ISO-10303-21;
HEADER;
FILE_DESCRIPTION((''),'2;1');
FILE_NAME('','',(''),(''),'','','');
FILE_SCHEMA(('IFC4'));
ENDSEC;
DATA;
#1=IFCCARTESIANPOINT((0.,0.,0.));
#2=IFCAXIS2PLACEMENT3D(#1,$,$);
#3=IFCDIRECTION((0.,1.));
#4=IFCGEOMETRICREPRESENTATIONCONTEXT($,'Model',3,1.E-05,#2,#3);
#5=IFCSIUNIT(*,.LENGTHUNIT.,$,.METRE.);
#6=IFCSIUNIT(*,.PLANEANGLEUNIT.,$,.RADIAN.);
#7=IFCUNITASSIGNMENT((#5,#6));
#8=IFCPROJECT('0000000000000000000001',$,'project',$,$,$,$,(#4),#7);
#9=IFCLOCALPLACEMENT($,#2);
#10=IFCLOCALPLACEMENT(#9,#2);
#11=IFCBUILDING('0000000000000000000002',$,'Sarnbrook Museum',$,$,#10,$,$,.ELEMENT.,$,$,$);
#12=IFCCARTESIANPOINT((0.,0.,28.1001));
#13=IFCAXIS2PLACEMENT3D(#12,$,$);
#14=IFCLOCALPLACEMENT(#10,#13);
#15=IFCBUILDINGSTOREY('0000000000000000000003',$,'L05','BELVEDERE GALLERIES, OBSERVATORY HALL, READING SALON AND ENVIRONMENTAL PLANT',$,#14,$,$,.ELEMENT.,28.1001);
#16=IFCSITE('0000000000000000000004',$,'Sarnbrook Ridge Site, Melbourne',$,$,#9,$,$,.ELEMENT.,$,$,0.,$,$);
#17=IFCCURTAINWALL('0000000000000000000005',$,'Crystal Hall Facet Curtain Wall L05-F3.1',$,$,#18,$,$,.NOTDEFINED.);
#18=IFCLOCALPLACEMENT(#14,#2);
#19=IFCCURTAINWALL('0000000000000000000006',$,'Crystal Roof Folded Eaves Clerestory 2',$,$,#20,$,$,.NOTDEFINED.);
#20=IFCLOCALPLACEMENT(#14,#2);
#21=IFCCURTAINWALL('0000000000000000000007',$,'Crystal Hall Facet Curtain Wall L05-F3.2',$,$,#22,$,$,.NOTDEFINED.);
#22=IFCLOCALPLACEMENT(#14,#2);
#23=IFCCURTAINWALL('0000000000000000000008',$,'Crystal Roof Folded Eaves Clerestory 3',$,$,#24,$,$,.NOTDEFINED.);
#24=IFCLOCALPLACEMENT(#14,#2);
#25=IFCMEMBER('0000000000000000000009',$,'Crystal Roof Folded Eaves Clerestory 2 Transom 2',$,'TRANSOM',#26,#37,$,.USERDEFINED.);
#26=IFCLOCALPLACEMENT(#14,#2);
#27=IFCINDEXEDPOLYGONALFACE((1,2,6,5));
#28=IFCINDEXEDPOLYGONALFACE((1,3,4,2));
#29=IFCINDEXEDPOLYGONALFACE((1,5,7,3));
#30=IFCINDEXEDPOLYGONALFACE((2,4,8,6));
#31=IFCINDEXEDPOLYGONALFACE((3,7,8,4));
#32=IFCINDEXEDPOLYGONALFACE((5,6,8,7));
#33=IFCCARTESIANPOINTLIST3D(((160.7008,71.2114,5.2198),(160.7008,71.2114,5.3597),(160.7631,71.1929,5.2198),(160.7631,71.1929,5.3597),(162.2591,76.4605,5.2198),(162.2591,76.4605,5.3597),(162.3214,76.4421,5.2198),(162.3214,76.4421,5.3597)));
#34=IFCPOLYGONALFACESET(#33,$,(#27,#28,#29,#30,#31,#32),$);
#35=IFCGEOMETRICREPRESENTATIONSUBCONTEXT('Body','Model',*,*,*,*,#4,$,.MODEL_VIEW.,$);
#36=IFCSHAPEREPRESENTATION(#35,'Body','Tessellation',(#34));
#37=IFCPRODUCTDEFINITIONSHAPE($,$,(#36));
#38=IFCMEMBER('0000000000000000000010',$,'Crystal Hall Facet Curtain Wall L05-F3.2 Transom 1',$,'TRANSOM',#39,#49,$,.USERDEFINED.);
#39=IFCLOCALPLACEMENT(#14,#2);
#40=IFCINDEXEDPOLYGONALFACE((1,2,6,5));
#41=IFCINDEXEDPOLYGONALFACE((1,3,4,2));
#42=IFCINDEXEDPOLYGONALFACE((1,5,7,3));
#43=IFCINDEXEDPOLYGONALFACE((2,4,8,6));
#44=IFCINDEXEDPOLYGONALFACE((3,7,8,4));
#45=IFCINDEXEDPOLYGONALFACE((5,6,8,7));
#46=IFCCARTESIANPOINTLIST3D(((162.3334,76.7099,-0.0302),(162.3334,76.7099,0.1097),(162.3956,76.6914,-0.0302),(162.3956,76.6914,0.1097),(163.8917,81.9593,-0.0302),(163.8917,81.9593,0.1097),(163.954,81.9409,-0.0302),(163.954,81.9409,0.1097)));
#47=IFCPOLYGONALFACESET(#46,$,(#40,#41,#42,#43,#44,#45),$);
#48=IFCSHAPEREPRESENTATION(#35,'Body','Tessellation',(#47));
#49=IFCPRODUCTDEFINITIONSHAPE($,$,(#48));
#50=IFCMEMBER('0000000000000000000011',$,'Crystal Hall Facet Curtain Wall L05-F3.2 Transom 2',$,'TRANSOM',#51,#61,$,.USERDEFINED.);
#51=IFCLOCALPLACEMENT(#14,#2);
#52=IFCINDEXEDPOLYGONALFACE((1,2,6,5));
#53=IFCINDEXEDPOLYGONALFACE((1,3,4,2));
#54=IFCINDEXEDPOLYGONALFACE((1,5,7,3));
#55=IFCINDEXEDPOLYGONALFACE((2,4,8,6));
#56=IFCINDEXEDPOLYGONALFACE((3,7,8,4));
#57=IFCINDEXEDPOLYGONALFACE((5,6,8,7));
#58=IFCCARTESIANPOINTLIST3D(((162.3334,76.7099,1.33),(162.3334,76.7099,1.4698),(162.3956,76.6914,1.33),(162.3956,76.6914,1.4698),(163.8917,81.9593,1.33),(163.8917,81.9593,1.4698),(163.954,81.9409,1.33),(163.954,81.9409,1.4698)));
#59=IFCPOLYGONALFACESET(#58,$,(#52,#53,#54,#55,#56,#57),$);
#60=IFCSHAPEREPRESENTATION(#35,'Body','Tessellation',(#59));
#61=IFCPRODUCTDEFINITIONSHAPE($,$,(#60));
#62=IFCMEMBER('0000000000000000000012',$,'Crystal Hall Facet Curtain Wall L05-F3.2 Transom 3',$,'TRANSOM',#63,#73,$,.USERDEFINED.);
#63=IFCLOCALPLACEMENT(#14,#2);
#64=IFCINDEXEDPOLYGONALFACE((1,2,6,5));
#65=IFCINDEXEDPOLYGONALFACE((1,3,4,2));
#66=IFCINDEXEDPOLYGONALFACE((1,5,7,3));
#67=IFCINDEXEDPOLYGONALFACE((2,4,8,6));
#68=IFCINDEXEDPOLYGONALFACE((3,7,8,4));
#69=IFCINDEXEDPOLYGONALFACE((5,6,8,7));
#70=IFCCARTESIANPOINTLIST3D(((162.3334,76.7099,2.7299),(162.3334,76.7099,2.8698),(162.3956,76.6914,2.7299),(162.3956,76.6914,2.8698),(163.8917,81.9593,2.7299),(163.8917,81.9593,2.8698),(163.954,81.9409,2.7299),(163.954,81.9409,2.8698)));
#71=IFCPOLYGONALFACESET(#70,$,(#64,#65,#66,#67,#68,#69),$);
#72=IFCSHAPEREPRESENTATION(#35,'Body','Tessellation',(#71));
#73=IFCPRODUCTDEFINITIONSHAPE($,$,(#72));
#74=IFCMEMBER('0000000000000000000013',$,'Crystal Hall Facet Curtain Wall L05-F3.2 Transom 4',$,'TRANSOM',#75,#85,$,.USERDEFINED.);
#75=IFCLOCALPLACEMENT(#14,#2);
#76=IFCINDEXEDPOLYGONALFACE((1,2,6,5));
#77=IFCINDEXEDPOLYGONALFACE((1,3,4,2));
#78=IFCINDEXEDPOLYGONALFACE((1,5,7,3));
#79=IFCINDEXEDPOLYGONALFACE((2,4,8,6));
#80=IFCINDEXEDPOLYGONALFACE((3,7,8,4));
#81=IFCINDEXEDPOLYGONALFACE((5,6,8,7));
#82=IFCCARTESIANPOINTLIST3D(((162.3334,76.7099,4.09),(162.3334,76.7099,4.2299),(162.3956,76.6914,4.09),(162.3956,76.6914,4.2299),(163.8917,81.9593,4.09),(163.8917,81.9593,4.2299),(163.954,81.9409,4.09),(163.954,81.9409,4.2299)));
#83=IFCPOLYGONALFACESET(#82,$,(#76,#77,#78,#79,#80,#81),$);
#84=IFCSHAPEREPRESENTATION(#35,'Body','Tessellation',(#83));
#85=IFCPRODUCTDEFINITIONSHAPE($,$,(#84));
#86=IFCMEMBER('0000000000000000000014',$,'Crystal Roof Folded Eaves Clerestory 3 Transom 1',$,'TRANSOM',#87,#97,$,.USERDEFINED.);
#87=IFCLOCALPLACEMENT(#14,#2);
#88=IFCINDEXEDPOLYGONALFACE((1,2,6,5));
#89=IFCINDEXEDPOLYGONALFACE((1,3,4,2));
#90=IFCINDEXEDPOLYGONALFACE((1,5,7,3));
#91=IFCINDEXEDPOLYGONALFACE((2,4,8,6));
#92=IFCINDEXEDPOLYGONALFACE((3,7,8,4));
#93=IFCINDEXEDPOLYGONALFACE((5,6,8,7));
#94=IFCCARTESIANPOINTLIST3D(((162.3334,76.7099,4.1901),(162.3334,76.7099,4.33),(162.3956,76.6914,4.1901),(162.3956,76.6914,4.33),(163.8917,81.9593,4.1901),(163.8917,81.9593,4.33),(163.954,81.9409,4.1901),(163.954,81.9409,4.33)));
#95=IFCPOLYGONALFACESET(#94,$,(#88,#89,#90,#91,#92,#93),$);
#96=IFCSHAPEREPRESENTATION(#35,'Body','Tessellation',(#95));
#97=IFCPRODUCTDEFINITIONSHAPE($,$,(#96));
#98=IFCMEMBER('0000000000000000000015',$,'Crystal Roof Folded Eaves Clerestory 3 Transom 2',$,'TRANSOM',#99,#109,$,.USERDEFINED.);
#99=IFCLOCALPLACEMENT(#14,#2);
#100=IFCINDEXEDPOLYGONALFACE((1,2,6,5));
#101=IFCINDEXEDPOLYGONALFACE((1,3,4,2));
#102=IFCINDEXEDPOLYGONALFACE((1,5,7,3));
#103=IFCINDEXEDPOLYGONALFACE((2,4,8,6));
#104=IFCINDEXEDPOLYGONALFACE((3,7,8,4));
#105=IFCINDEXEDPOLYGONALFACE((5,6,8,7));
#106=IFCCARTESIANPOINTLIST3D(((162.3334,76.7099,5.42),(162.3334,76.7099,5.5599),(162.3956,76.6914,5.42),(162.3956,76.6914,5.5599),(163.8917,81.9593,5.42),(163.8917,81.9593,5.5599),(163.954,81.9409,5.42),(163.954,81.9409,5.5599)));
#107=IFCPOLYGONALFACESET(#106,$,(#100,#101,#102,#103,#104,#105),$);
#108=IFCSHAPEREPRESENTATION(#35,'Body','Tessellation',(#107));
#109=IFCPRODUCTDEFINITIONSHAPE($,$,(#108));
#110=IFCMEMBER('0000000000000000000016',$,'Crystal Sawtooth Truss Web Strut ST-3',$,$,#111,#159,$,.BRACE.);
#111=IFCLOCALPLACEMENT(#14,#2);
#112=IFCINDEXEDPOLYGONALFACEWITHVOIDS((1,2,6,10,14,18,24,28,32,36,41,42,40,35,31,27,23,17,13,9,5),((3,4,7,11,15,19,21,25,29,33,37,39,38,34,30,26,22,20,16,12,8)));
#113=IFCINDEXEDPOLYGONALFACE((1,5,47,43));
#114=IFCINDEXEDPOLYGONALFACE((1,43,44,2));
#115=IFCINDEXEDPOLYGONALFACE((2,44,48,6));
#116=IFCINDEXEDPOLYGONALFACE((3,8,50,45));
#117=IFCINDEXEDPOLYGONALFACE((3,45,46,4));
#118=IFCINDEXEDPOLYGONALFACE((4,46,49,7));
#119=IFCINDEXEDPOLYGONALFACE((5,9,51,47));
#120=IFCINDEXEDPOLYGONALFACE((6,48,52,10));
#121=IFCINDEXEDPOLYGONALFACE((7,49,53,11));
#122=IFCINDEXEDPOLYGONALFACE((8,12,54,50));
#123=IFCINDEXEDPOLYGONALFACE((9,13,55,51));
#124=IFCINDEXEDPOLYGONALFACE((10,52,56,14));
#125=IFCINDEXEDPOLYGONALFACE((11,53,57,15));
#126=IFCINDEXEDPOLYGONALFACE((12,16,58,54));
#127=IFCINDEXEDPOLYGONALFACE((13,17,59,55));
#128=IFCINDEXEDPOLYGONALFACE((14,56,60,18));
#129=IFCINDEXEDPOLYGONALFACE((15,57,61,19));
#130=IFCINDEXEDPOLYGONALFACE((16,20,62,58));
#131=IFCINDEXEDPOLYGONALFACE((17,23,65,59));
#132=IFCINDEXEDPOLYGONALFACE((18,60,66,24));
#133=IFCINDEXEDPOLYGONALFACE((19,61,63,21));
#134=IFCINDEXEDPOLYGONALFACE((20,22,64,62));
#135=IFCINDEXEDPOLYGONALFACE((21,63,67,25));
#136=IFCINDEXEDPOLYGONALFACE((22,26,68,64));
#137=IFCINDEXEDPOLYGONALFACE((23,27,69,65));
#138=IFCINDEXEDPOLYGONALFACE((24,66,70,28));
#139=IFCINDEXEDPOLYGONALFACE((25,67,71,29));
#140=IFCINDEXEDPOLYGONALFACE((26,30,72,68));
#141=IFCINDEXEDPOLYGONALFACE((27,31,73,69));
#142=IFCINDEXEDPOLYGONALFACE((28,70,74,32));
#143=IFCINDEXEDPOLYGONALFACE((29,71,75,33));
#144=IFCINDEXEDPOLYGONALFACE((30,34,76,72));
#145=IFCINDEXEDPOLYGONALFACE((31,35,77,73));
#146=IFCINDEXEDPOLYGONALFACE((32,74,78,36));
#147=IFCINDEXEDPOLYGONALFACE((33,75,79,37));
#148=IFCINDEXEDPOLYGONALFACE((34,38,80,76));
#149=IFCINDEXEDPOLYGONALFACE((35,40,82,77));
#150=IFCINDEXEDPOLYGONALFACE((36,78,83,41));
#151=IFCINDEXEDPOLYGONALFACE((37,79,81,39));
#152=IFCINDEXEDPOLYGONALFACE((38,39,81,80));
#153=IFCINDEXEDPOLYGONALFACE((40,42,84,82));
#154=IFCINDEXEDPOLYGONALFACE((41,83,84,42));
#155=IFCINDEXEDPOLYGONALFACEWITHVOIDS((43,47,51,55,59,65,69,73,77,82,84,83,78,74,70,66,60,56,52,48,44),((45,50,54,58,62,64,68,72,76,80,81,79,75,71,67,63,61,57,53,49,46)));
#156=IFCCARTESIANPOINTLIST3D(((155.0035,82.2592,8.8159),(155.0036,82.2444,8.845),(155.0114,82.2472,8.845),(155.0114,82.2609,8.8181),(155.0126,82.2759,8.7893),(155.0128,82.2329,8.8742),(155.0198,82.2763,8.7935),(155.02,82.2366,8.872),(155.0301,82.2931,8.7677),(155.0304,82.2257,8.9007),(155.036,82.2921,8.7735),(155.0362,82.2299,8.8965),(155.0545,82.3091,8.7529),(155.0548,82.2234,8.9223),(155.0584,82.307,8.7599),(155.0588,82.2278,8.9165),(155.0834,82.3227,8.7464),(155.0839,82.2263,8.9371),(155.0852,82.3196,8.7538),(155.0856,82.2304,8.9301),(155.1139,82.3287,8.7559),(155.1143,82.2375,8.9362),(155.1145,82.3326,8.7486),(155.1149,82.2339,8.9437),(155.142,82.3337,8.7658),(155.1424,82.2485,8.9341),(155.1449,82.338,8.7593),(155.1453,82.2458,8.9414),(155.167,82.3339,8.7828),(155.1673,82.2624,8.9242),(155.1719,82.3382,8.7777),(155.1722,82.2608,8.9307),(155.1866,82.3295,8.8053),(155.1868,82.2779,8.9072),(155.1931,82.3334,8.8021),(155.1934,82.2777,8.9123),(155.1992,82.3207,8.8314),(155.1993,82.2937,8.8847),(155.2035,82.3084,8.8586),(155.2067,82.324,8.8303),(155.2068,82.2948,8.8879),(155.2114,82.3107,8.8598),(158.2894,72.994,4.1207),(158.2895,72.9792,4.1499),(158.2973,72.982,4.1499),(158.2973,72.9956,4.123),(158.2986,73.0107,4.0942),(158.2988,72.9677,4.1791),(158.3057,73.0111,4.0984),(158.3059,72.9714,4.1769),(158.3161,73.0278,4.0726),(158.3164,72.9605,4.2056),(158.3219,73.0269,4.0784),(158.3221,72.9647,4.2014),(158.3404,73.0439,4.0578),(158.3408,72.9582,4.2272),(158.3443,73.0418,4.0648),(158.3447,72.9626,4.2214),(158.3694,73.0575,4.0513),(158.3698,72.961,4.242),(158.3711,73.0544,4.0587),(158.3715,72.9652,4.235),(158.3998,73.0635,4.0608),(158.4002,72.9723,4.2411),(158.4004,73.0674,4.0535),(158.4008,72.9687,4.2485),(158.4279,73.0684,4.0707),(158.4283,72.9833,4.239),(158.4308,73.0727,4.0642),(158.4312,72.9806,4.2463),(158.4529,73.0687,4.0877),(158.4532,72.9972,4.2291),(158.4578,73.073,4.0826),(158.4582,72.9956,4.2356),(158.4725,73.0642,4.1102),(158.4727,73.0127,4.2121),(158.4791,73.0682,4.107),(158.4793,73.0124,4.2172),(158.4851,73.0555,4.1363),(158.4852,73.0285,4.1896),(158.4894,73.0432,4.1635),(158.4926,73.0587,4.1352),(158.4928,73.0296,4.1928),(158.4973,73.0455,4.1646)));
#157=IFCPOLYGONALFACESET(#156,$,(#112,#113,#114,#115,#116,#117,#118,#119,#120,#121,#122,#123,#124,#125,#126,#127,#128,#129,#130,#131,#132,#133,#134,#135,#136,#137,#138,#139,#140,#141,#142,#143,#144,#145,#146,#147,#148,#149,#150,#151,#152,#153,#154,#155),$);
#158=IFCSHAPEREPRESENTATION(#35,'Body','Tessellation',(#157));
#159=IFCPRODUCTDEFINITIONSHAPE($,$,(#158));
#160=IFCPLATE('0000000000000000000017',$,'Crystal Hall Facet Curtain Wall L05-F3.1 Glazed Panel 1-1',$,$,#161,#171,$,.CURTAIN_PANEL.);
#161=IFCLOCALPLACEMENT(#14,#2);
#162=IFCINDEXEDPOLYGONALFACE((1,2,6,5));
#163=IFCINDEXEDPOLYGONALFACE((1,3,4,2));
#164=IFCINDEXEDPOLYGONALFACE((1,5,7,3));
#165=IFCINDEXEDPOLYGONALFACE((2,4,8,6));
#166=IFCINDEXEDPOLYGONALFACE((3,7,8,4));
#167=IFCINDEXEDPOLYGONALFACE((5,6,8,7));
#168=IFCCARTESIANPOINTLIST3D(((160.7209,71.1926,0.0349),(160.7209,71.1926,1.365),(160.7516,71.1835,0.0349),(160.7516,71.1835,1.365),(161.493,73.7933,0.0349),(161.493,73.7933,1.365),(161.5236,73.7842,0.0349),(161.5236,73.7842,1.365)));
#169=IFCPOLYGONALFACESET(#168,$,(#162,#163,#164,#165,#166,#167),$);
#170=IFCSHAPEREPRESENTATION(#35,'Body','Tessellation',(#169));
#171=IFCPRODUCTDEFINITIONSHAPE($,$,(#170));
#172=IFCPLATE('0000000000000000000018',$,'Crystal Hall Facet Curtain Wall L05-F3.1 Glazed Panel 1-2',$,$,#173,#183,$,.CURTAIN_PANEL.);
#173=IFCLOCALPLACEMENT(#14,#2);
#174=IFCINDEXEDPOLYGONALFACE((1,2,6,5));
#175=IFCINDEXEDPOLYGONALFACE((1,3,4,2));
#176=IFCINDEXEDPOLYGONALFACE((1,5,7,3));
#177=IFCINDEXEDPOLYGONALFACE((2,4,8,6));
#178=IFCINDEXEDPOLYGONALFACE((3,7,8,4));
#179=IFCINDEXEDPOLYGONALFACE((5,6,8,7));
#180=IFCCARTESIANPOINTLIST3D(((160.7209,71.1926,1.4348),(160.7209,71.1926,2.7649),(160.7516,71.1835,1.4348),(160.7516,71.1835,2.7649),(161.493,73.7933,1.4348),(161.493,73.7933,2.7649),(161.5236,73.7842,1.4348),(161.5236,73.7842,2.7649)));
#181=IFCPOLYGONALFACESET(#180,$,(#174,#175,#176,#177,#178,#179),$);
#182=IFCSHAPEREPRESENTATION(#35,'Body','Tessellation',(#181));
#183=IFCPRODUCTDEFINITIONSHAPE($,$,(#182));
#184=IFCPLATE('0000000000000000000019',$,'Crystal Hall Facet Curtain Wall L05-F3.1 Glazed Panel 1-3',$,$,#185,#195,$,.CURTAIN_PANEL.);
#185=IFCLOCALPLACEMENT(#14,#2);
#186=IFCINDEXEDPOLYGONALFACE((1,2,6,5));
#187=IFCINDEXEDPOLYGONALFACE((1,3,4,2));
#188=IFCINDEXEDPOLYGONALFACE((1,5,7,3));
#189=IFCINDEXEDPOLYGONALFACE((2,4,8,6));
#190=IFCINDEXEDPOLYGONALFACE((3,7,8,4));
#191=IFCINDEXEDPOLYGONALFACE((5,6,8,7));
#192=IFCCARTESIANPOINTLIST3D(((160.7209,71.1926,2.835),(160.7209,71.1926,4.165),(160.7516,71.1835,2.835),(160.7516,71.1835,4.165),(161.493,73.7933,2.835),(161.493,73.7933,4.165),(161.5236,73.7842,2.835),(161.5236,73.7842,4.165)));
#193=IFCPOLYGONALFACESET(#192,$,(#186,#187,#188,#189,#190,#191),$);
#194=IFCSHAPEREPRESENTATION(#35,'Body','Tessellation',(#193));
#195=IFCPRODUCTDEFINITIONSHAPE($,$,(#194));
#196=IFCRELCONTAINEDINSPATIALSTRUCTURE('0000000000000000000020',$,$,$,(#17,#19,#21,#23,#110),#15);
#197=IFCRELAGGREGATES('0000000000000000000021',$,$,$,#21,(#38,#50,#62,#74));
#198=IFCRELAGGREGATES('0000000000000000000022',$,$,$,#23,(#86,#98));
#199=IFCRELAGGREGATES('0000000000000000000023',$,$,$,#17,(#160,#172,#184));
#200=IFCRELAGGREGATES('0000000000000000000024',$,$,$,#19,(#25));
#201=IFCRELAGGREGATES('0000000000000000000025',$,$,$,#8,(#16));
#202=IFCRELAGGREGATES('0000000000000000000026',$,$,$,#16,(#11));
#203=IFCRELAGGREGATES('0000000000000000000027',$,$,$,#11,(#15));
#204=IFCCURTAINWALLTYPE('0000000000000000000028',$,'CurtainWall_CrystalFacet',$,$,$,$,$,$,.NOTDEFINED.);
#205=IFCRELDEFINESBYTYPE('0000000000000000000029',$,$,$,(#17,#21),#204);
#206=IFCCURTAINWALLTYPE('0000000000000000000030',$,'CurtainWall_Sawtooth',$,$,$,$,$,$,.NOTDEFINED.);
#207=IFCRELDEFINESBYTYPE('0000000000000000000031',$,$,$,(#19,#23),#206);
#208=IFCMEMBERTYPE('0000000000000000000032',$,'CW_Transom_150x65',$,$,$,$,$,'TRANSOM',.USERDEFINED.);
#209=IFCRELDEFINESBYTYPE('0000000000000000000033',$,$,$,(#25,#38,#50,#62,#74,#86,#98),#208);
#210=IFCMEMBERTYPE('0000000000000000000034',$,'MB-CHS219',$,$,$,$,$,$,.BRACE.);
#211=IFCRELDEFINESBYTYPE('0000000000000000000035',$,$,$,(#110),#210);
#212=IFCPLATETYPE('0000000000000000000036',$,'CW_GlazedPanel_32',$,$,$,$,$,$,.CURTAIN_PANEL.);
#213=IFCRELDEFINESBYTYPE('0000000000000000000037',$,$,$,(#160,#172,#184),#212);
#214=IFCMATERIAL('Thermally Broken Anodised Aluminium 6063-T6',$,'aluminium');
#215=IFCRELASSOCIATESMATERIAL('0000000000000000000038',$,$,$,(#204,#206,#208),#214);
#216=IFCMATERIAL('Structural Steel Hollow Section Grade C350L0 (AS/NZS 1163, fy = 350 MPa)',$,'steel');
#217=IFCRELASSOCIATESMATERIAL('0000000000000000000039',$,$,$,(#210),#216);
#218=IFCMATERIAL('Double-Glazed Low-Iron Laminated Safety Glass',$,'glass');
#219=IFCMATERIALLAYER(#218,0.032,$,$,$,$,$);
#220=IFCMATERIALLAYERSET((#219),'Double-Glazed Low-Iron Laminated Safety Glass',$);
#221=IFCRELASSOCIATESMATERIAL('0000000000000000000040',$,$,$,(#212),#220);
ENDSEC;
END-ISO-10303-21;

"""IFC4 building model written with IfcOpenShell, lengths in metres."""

from ifc_helpers import new_model, si_unit, direction, frame, origin, origin_2d, place, context, subcontext, project, spatial, rectangle, hollow_circle, extrude, material, layer, layer_set, material_profile, profile_set, type_object, element, aggregate, save


model = new_model("IFC4")

# Units and contexts
model_context = context("Model", 3, precision=1e-05, world=origin(), true_north=direction((0.0, 1.0)))
body_context = subcontext(model_context, "Body", "Model", "MODEL_VIEW")
ifc_project = project(units=[si_unit("LENGTHUNIT", "METRE"), si_unit("PLANEANGLEUNIT", "RADIAN")], contexts=[model_context])

# Site, building, storey
site_placement = place(None, origin())
site = spatial("IfcSite", under=ifc_project, at=site_placement, Name="Sarnbrook Ridge Site, Melbourne", CompositionType="ELEMENT", RefElevation=0.0)
building_placement = place(site_placement, origin())
building = spatial("IfcBuilding", under=site, at=building_placement, Name="Sarnbrook Museum", CompositionType="ELEMENT")
storey_placement = place(building_placement, frame((0.0, 0.0, 28.1001)))
storey = spatial("IfcBuildingStorey", under=building, at=storey_placement, Name="L05", Description="BELVEDERE GALLERIES, OBSERVATORY HALL, READING SALON AND ENVIRONMENTAL PLANT", CompositionType="ELEMENT", Elevation=28.1001)

# Curtain walls
ifc_material_1 = material(Name="Thermally Broken Anodised Aluminium 6063-T6", Category="aluminium")
curtain_wall_type_1 = type_object("IfcCurtainWallType", Name="CurtainWall_CrystalFacet", PredefinedType="NOTDEFINED", material=ifc_material_1)
curtain_wall_1_placement = place(storey_placement, origin())
curtain_wall_1 = element("IfcCurtainWall", 1, at=curtain_wall_1_placement, inside=storey, type_object=curtain_wall_type_1, Name="Crystal Hall Facet Curtain Wall L05-F3.1", PredefinedType="NOTDEFINED")
curtain_wall_type_2 = type_object("IfcCurtainWallType", Name="CurtainWall_Sawtooth", PredefinedType="NOTDEFINED", material=ifc_material_1)
curtain_wall_2_placement = place(storey_placement, origin())
curtain_wall_2 = element("IfcCurtainWall", 2, at=curtain_wall_2_placement, inside=storey, type_object=curtain_wall_type_2, Name="Crystal Roof Folded Eaves Clerestory 2", PredefinedType="NOTDEFINED")

# Curtain walls
curtain_wall_3_placement = place(storey_placement, origin())
curtain_wall_3 = element("IfcCurtainWall", 3, at=curtain_wall_3_placement, inside=storey, type_object=curtain_wall_type_1, Name="Crystal Hall Facet Curtain Wall L05-F3.2", PredefinedType="NOTDEFINED")
curtain_wall_4_placement = place(storey_placement, origin())
curtain_wall_4 = element("IfcCurtainWall", 4, at=curtain_wall_4_placement, inside=storey, type_object=curtain_wall_type_2, Name="Crystal Roof Folded Eaves Clerestory 3", PredefinedType="NOTDEFINED")

# Members
ifc_material_profile_1 = material_profile(ifc_material_1, rectangle(XDim=0.0649, YDim=0.1399, at=origin_2d()), Name="ALU TRANSOM 65x140")
ifc_profile_set_1 = profile_set([ifc_material_profile_1], Name="Thermally Broken Anodised Aluminium 6063-T6")
member_type_1 = type_object("IfcMemberType", Name="CW_Transom_150x65", ElementType="TRANSOM", PredefinedType="USERDEFINED", material=ifc_profile_set_1)
member_1_placement = place(storey_placement, frame((160.7319, 71.2021, 5.2898), z_axis=(0.284594, 0.958648, 0.0), x_axis=(-0.958648, 0.284594, 0.0)))
member_1 = element("IfcMember", 5, at=member_1_placement, type_object=member_type_1, Name="Crystal Roof Folded Eaves Clerestory 2 Transom 2", ObjectType="TRANSOM", PredefinedType="USERDEFINED", context=body_context, shape_type="SweptSolid", body=[
    extrude(rectangle(XDim=0.0649, YDim=0.1399, at=origin_2d()), origin(), (0.0, 0.0, 1.0), 5.4756),
])
member_2_placement = place(storey_placement, frame((162.3645, 76.7007, 0.0398), z_axis=(0.284582, 0.958652, 0.0), x_axis=(-0.958652, 0.284582, 0.0)))
member_2 = element("IfcMember", 6, at=member_2_placement, type_object=member_type_1, Name="Crystal Hall Facet Curtain Wall L05-F3.2 Transom 1", ObjectType="TRANSOM", PredefinedType="USERDEFINED", context=body_context, shape_type="SweptSolid", body=[
    extrude(rectangle(XDim=0.0649, YDim=0.1399, at=origin_2d()), origin(), (0.0, 0.0, 1.0), 5.4758),
])
member_3_placement = place(storey_placement, frame((162.3645, 76.7007, 1.3999), z_axis=(0.284582, 0.958652, 0.0), x_axis=(-0.958652, 0.284582, 0.0)))
member_3 = element("IfcMember", 7, at=member_3_placement, type_object=member_type_1, Name="Crystal Hall Facet Curtain Wall L05-F3.2 Transom 2", ObjectType="TRANSOM", PredefinedType="USERDEFINED", context=body_context, shape_type="SweptSolid", body=[
    extrude(rectangle(XDim=0.0649, YDim=0.1399, at=origin_2d()), origin(), (0.0, 0.0, 1.0), 5.4758),
])
member_4_placement = place(storey_placement, frame((162.3645, 76.7007, 2.7998), z_axis=(0.284582, 0.958652, 0.0), x_axis=(-0.958652, 0.284582, 0.0)))
member_4 = element("IfcMember", 8, at=member_4_placement, type_object=member_type_1, Name="Crystal Hall Facet Curtain Wall L05-F3.2 Transom 3", ObjectType="TRANSOM", PredefinedType="USERDEFINED", context=body_context, shape_type="SweptSolid", body=[
    extrude(rectangle(XDim=0.0649, YDim=0.1399, at=origin_2d()), origin(), (0.0, 0.0, 1.0), 5.4758),
])
member_5_placement = place(storey_placement, frame((162.3645, 76.7007, 4.1599), z_axis=(0.284582, 0.958652, 0.0), x_axis=(-0.958652, 0.284582, 0.0)))
member_5 = element("IfcMember", 9, at=member_5_placement, type_object=member_type_1, Name="Crystal Hall Facet Curtain Wall L05-F3.2 Transom 4", ObjectType="TRANSOM", PredefinedType="USERDEFINED", context=body_context, shape_type="SweptSolid", body=[
    extrude(rectangle(XDim=0.0649, YDim=0.1399, at=origin_2d()), origin(), (0.0, 0.0, 1.0), 5.4758),
])
aggregate(curtain_wall_3, [member_2, member_3, member_4, member_5])
member_6_placement = place(storey_placement, frame((162.3645, 76.7007, 4.26), z_axis=(0.284582, 0.958652, 0.0), x_axis=(-0.958652, 0.284582, 0.0)))
member_6 = element("IfcMember", 10, at=member_6_placement, type_object=member_type_1, Name="Crystal Roof Folded Eaves Clerestory 3 Transom 1", ObjectType="TRANSOM", PredefinedType="USERDEFINED", context=body_context, shape_type="SweptSolid", body=[
    extrude(rectangle(XDim=0.0649, YDim=0.1399, at=origin_2d()), origin(), (0.0, 0.0, 1.0), 5.4758),
])
member_7_placement = place(storey_placement, frame((162.3645, 76.7007, 5.49), z_axis=(0.284582, 0.958652, 0.0), x_axis=(-0.958652, 0.284582, 0.0)))
member_7 = element("IfcMember", 11, at=member_7_placement, type_object=member_type_1, Name="Crystal Roof Folded Eaves Clerestory 3 Transom 2", ObjectType="TRANSOM", PredefinedType="USERDEFINED", context=body_context, shape_type="SweptSolid", body=[
    extrude(rectangle(XDim=0.0649, YDim=0.1399, at=origin_2d()), origin(), (0.0, 0.0, 1.0), 5.4758),
])
aggregate(curtain_wall_4, [member_6, member_7])
ifc_material_2 = material(Name="Structural Steel Hollow Section Grade C350L0 (AS/NZS 1163, fy = 350 MPa)", Category="steel")
ifc_material_profile_2 = material_profile(ifc_material_2, hollow_circle(Radius=0.1096, WallThickness=0.0083, at=origin_2d()), Name="219.1x8.2CHS")
ifc_profile_set_2 = profile_set([ifc_material_profile_2], Name="Structural Steel Hollow Section Grade C350L0 (AS/NZS 1163, fy = 350 MPa)")
member_type_2 = type_object("IfcMemberType", Name="MB-CHS219", PredefinedType="BRACE", material=ifc_profile_set_2)
member_8_placement = place(storey_placement, frame((158.3928, 73.0159, 4.1499), z_axis=(-0.301618, 0.850465, 0.43097), x_axis=(-0.942484, -0.334253, 0.0)))
element("IfcMember", 12, at=member_8_placement, inside=storey, type_object=member_type_2, Name="Crystal Sawtooth Truss Web Strut ST-3", PredefinedType="BRACE", context=body_context, shape_type="SweptSolid", body=[
    extrude(hollow_circle(Radius=0.1096, WallThickness=0.0083, at=origin_2d()), origin(), (0.0, 0.0, 1.0), 10.8943),
])

# Plates
ifc_material_3 = material(Name="Double-Glazed Low-Iron Laminated Safety Glass", Category="glass")
ifc_layer_1 = layer(ifc_material_3, 0.032)
ifc_layer_set_1 = layer_set([ifc_layer_1], Name="Double-Glazed Low-Iron Laminated Safety Glass")
plate_type_1 = type_object("IfcPlateType", Name="CW_GlazedPanel_32", PredefinedType="CURTAIN_PANEL", material=ifc_layer_set_1)
plate_1_placement = place(storey_placement, frame((161.1069, 72.4929, 0.7), z_axis=(0.958647, -0.284597, 0.0), x_axis=(0.284597, 0.958647, 0.0)))
plate_1 = element("IfcPlate", 13, at=plate_1_placement, type_object=plate_type_1, Name="Crystal Hall Facet Curtain Wall L05-F3.1 Glazed Panel 1-1", PredefinedType="CURTAIN_PANEL", context=body_context, shape_type="SweptSolid", body=[
    extrude(rectangle(XDim=2.7129, YDim=1.3301, at=origin_2d()), origin(), (0.0, 0.0, 1.0), 0.032),
])
plate_2_placement = place(storey_placement, frame((161.1069, 72.4929, 2.0999), z_axis=(0.958647, -0.284597, 0.0), x_axis=(0.284597, 0.958647, 0.0)))
plate_2 = element("IfcPlate", 14, at=plate_2_placement, type_object=plate_type_1, Name="Crystal Hall Facet Curtain Wall L05-F3.1 Glazed Panel 1-2", PredefinedType="CURTAIN_PANEL", context=body_context, shape_type="SweptSolid", body=[
    extrude(rectangle(XDim=2.7129, YDim=1.3301, at=origin_2d()), origin(), (0.0, 0.0, 1.0), 0.032),
])
plate_3_placement = place(storey_placement, frame((161.1069, 72.4929, 3.5), z_axis=(0.958647, -0.284597, 0.0), x_axis=(0.284597, 0.958647, 0.0)))
plate_3 = element("IfcPlate", 15, at=plate_3_placement, type_object=plate_type_1, Name="Crystal Hall Facet Curtain Wall L05-F3.1 Glazed Panel 1-3", PredefinedType="CURTAIN_PANEL", context=body_context, shape_type="SweptSolid", body=[
    extrude(rectangle(XDim=2.7129, YDim=1.3301, at=origin_2d()), origin(), (0.0, 0.0, 1.0), 0.032),
])
aggregate(curtain_wall_1, [plate_1, plate_2, plate_3])
aggregate(curtain_wall_2, [member_1])

save(model, "model.ifc")
